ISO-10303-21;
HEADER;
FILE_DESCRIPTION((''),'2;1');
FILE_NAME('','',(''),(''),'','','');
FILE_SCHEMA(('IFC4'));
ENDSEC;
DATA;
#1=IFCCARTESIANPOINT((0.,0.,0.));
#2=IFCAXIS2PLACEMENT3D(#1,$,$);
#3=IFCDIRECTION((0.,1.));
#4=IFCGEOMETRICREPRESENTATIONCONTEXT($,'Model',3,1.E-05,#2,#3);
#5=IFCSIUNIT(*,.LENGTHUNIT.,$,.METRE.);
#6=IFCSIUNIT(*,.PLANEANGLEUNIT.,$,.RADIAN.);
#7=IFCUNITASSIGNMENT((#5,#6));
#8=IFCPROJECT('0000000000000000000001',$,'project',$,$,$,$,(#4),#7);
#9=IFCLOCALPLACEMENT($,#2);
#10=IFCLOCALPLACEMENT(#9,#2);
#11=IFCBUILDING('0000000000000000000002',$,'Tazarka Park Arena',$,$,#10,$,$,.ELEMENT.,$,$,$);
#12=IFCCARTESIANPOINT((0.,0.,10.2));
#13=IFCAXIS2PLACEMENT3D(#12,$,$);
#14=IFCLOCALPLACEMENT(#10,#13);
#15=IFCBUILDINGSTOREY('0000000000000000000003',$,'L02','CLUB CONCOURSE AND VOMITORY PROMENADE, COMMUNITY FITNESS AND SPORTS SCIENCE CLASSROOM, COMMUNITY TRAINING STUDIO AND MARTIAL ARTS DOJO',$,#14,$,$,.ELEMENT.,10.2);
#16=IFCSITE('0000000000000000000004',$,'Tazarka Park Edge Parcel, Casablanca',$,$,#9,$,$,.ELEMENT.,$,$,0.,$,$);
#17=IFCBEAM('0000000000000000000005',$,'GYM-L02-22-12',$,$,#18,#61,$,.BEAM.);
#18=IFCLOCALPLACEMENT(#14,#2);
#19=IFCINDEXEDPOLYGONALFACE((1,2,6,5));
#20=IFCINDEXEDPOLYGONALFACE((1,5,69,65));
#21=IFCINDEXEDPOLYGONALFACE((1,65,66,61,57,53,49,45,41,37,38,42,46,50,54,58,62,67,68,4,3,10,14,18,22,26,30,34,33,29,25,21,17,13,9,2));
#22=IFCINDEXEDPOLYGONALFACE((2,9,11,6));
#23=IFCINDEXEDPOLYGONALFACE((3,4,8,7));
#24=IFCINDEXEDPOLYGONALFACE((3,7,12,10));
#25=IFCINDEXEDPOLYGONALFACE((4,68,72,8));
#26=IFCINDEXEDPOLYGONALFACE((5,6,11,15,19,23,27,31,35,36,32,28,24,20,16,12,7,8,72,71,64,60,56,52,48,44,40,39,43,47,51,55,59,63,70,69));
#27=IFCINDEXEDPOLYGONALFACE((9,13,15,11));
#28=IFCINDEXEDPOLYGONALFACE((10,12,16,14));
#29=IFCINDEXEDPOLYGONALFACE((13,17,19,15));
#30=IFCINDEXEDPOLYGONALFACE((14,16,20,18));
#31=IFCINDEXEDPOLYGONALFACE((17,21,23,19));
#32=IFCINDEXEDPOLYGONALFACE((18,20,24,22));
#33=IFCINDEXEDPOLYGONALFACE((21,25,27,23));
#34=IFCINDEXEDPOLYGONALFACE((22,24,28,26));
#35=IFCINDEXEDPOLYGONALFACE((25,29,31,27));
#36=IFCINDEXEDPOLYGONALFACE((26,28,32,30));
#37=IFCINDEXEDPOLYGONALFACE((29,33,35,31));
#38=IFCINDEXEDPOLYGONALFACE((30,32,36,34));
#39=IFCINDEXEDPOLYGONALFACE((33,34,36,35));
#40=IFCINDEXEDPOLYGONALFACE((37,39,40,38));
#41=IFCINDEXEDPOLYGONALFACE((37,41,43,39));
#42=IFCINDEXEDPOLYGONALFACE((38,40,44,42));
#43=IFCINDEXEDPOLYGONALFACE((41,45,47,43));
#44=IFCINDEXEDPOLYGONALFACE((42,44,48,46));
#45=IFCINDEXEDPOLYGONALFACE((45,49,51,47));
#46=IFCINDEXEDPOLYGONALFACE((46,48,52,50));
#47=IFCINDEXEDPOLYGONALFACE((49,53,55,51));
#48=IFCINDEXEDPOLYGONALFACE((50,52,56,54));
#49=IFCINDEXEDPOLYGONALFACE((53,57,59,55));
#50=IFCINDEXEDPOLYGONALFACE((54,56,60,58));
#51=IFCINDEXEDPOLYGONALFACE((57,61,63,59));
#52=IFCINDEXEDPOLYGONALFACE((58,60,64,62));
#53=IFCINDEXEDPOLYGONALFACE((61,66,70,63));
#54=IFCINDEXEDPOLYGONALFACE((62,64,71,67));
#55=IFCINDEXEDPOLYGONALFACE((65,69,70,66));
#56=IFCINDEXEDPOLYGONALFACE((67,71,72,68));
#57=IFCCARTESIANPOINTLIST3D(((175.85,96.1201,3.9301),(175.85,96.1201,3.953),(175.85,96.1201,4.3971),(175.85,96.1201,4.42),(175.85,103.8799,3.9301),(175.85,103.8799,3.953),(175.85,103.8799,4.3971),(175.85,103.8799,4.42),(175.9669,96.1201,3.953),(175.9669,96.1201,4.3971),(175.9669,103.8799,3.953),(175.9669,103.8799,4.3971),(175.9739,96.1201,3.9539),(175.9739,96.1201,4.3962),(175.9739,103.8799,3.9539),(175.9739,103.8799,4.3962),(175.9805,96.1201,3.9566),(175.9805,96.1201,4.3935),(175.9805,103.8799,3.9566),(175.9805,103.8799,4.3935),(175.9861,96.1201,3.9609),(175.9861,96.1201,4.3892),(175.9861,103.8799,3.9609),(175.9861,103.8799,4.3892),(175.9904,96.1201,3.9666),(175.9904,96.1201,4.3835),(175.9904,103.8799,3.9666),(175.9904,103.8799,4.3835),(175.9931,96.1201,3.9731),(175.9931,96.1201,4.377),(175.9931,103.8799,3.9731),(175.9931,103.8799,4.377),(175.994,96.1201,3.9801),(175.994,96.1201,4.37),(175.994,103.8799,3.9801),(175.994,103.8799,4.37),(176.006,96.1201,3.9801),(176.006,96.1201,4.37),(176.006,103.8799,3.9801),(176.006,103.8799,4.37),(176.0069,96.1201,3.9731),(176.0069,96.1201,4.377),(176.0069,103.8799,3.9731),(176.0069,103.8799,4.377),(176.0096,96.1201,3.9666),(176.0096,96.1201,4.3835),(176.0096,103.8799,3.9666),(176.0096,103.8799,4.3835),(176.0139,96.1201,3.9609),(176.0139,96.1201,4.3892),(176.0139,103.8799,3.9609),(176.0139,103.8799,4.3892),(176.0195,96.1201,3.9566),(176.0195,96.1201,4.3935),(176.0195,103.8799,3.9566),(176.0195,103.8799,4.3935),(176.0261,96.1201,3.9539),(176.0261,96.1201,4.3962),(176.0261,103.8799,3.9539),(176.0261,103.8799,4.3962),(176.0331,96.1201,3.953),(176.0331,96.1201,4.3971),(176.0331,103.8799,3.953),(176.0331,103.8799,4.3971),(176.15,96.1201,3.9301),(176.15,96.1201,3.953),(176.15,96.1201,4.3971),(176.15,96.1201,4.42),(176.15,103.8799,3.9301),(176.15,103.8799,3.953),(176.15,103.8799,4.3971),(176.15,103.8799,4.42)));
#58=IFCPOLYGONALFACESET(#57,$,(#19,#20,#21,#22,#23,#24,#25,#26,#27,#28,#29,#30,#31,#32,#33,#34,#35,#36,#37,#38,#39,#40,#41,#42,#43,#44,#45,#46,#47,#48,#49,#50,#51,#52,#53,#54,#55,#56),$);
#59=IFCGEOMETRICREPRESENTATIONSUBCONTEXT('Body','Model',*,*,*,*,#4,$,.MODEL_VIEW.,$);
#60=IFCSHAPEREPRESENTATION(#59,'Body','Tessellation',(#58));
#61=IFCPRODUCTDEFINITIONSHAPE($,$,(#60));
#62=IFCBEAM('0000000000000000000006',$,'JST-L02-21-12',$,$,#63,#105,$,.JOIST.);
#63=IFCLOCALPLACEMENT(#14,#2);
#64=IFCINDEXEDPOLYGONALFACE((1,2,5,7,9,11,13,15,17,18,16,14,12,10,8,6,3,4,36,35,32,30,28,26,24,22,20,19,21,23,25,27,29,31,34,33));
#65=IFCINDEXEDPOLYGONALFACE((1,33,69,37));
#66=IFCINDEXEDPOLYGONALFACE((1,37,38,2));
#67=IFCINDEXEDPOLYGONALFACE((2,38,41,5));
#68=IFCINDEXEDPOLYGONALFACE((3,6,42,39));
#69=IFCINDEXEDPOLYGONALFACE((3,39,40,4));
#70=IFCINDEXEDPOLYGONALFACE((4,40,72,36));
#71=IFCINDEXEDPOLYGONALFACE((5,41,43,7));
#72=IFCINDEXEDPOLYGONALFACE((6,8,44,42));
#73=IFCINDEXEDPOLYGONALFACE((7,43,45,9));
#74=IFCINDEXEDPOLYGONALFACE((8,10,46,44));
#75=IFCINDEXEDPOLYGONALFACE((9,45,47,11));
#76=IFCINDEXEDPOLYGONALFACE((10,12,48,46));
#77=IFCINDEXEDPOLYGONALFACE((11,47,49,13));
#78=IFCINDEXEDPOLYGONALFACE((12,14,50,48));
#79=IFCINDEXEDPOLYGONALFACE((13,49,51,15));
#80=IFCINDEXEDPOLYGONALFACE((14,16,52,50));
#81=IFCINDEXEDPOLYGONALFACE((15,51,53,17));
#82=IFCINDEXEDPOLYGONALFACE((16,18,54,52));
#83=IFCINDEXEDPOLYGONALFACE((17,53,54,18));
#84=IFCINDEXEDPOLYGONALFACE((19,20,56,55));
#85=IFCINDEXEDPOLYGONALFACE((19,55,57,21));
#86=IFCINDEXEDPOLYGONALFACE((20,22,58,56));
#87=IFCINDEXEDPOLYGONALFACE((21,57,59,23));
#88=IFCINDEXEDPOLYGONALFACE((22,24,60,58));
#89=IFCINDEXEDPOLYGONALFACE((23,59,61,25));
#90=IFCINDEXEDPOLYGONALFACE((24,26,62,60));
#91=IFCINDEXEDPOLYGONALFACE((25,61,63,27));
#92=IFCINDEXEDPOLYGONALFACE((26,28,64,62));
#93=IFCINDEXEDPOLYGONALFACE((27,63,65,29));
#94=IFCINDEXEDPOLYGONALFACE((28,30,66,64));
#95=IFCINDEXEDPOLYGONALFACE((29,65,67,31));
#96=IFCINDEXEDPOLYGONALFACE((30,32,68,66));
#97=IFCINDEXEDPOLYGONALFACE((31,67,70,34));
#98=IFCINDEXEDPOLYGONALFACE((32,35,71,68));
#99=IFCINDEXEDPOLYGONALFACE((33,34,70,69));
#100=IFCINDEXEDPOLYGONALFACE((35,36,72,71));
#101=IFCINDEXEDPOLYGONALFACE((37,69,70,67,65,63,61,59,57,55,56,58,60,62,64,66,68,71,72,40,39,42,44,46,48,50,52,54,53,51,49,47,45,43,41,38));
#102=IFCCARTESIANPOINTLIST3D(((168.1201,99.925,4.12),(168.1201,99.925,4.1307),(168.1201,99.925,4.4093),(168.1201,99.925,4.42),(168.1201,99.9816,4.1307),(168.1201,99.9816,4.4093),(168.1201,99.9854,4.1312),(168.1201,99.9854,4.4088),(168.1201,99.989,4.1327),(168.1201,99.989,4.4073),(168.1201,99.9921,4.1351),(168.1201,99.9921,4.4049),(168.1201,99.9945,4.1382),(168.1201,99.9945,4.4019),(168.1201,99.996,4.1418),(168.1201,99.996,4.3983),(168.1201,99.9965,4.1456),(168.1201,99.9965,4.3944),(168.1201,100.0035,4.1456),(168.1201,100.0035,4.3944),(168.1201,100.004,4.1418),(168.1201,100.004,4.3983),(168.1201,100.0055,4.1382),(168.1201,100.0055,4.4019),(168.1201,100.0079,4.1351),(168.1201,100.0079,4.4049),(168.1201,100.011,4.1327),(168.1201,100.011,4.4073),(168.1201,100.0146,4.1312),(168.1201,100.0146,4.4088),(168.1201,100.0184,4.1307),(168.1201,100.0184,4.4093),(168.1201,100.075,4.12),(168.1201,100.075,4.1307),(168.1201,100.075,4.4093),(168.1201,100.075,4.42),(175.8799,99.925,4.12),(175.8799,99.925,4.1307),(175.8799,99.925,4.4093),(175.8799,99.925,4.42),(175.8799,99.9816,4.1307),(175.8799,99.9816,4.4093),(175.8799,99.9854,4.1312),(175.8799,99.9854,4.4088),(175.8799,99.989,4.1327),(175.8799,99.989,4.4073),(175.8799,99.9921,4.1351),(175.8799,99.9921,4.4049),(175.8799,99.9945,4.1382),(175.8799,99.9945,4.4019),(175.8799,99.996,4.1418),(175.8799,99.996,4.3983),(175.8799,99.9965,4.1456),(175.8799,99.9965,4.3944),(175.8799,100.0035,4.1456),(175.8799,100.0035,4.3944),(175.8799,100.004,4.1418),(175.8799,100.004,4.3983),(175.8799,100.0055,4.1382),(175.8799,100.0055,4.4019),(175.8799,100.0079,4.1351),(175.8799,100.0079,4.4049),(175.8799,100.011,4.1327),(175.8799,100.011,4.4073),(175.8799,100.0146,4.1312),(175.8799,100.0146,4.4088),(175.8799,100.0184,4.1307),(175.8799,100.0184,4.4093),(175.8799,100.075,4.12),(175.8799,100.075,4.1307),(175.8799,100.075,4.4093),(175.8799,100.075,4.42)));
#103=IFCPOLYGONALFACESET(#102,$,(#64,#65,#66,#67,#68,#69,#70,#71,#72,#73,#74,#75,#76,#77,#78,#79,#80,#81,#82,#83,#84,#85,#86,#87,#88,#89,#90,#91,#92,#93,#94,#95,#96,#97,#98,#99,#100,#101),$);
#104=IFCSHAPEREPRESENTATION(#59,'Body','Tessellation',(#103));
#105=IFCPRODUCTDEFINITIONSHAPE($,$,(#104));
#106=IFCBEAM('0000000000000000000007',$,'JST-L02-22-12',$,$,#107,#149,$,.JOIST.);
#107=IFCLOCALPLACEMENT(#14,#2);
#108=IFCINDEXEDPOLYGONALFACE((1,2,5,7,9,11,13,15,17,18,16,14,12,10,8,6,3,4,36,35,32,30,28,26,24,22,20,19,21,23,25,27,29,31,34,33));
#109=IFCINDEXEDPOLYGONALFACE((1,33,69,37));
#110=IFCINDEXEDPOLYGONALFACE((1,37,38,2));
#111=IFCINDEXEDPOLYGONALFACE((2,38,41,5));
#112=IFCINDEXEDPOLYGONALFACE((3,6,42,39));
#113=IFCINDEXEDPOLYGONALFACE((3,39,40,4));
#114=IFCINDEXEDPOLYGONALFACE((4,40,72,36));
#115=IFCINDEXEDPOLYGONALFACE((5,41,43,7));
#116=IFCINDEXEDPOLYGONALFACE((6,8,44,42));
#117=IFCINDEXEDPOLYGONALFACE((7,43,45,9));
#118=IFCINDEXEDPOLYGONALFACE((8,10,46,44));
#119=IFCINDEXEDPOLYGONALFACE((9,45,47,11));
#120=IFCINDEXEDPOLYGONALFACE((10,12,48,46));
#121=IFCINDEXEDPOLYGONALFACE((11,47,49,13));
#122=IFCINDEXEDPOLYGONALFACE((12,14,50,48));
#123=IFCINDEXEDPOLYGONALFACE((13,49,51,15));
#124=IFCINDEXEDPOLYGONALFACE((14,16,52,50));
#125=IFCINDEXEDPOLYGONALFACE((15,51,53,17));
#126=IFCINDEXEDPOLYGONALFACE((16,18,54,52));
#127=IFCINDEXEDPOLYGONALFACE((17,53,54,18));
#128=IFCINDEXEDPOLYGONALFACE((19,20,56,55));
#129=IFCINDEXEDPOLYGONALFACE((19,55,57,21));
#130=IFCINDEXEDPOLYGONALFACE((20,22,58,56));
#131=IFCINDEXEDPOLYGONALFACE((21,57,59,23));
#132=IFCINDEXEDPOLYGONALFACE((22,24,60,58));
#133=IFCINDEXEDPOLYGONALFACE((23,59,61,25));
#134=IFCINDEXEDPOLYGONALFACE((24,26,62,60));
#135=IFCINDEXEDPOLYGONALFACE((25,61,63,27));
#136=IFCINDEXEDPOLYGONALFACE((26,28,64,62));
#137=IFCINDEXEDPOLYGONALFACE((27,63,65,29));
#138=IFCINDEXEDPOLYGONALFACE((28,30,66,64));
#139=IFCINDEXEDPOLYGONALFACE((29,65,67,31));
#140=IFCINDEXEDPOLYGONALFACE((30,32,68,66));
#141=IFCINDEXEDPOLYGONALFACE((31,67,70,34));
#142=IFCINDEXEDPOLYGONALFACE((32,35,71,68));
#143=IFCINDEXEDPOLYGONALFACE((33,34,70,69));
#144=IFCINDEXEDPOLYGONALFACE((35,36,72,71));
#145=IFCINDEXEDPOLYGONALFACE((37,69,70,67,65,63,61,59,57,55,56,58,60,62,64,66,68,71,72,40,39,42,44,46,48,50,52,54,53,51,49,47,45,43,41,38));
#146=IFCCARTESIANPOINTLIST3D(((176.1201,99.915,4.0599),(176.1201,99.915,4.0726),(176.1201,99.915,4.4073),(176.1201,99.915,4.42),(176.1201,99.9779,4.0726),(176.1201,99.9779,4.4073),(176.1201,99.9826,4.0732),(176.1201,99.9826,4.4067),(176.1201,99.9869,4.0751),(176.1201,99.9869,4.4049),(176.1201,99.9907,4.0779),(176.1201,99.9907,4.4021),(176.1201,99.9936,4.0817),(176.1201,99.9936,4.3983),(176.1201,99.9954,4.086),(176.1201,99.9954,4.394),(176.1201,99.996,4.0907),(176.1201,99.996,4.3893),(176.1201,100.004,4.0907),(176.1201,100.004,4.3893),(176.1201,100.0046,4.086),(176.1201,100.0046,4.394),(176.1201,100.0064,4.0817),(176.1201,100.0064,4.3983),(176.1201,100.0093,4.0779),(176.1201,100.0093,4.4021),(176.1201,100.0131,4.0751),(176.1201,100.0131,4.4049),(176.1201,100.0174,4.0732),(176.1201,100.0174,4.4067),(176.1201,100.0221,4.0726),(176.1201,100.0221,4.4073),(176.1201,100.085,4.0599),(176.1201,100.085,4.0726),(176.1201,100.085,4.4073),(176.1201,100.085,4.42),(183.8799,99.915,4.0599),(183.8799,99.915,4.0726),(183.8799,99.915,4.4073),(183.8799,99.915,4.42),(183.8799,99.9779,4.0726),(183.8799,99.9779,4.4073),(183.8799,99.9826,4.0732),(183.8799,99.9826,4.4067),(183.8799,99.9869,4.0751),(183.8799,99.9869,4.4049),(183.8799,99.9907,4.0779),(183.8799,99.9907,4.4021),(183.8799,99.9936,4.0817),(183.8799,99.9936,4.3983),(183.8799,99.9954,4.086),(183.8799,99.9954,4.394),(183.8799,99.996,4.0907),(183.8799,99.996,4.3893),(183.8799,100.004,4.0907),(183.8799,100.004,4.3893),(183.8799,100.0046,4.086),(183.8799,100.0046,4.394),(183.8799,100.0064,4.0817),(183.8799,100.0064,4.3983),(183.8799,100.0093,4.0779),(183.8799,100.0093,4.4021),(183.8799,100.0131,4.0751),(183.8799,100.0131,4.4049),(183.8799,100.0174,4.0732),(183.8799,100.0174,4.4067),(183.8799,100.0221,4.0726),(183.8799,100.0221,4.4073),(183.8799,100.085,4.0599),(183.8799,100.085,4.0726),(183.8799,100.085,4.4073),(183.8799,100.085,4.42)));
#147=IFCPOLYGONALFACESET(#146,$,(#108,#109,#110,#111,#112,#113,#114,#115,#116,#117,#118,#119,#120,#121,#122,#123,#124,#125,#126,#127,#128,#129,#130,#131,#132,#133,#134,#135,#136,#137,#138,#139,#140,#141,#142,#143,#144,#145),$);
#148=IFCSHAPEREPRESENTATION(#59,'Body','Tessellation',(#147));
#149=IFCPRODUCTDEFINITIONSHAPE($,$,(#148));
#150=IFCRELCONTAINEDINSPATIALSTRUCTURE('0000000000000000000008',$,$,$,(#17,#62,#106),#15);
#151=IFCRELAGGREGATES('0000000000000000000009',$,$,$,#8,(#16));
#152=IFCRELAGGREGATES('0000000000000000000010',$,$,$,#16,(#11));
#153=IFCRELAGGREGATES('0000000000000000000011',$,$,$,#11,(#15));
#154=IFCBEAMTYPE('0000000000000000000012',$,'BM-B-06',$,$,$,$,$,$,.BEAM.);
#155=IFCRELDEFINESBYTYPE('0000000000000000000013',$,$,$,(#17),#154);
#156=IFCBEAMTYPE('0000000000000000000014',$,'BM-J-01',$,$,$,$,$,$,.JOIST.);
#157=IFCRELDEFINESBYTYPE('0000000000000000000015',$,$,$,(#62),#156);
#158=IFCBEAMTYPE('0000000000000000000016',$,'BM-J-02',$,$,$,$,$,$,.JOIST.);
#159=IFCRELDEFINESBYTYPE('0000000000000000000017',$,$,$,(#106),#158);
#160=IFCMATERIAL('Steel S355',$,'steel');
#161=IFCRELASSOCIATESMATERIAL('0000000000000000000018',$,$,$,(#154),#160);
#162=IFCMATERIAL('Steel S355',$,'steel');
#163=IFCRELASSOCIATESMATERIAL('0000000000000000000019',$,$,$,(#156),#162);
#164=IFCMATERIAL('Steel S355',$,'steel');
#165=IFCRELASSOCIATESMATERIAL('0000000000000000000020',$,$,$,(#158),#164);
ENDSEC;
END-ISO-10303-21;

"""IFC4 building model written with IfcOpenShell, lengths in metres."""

from ifc_helpers import new_model, si_unit, direction, frame, origin, origin_2d, place, context, subcontext, project, spatial, i_section, extrude, material, material_profile, profile_set, type_object, element, save


model = new_model("IFC4")

# Units and contexts
model_context = context("Model", 3, precision=1e-05, world=origin(), true_north=direction((0.0, 1.0)))
body_context = subcontext(model_context, "Body", "Model", "MODEL_VIEW")
ifc_project = project(units=[si_unit("LENGTHUNIT", "METRE"), si_unit("PLANEANGLEUNIT", "RADIAN")], contexts=[model_context])

# Site, building, storey
site_placement = place(None, origin())
site = spatial("IfcSite", under=ifc_project, at=site_placement, Name="Tazarka Park Edge Parcel, Casablanca", CompositionType="ELEMENT", RefElevation=0.0)
building_placement = place(site_placement, origin())
building = spatial("IfcBuilding", under=site, at=building_placement, Name="Tazarka Park Arena", CompositionType="ELEMENT")
storey_placement = place(building_placement, frame((0.0, 0.0, 10.2)))
storey = spatial("IfcBuildingStorey", under=building, at=storey_placement, Name="L02", Description="CLUB CONCOURSE AND VOMITORY PROMENADE, COMMUNITY FITNESS AND SPORTS SCIENCE CLASSROOM, COMMUNITY TRAINING STUDIO AND MARTIAL ARTS DOJO", CompositionType="ELEMENT", Elevation=10.2)

# Beams
ifc_material_1 = material(Name="Steel S355", Category="steel")
ifc_material_profile_1 = material_profile(ifc_material_1, i_section(OverallWidth=0.3, OverallDepth=0.49, WebThickness=0.012, FlangeThickness=0.0229, FilletRadius=0.0271, at=origin_2d()), Name="Steel S355")
ifc_profile_set_1 = profile_set([ifc_material_profile_1], Name="Steel S355")
beam_type_1 = type_object("IfcBeamType", Name="BM-B-06", PredefinedType="BEAM", material=ifc_profile_set_1)
beam_1_placement = place(storey_placement, frame((176.0, 96.1201, 4.175), z_axis=(0.0, 1.0, 0.0), x_axis=(-1.0, 0.0, 0.0)))
element("IfcBeam", 1, at=beam_1_placement, inside=storey, type_object=beam_type_1, Name="GYM-L02-22-12", PredefinedType="BEAM", context=body_context, shape_type="SweptSolid", body=[
    extrude(i_section(OverallWidth=0.3, OverallDepth=0.49, WebThickness=0.012, FlangeThickness=0.0229, FilletRadius=0.0271, at=origin_2d()), origin(), (0.0, 0.0, 1.0), 7.7598),
])
ifc_material_2 = material(Name="Steel S355", Category="steel")
ifc_material_profile_2 = material_profile(ifc_material_2, i_section(OverallWidth=0.1499, OverallDepth=0.3, WebThickness=0.0071, FlangeThickness=0.0107, FilletRadius=0.0149, at=origin_2d()), Name="Steel S355")
ifc_profile_set_2 = profile_set([ifc_material_profile_2], Name="Steel S355")
beam_type_2 = type_object("IfcBeamType", Name="BM-J-01", PredefinedType="JOIST", material=ifc_profile_set_2)
beam_2_placement = place(storey_placement, frame((168.1201, 100.0, 4.27), z_axis=(1.0, 0.0, 0.0), x_axis=(0.0, 1.0, 0.0)))
element("IfcBeam", 2, at=beam_2_placement, inside=storey, type_object=beam_type_2, Name="JST-L02-21-12", PredefinedType="JOIST", context=body_context, shape_type="SweptSolid", body=[
    extrude(i_section(OverallWidth=0.1499, OverallDepth=0.3, WebThickness=0.0071, FlangeThickness=0.0107, FilletRadius=0.0149, at=origin_2d()), origin(), (0.0, 0.0, 1.0), 7.7598),
])
ifc_material_3 = material(Name="Steel S355", Category="steel")
ifc_material_profile_3 = material_profile(ifc_material_3, i_section(OverallWidth=0.1699, OverallDepth=0.3601, WebThickness=0.0081, FlangeThickness=0.0127, FilletRadius=0.0181, at=origin_2d()), Name="Steel S355")
ifc_profile_set_3 = profile_set([ifc_material_profile_3], Name="Steel S355")
beam_type_3 = type_object("IfcBeamType", Name="BM-J-02", PredefinedType="JOIST", material=ifc_profile_set_3)
beam_3_placement = place(storey_placement, frame((176.1201, 100.0, 4.24), z_axis=(1.0, 0.0, 0.0), x_axis=(0.0, 1.0, 0.0)))
element("IfcBeam", 3, at=beam_3_placement, inside=storey, type_object=beam_type_3, Name="JST-L02-22-12", PredefinedType="JOIST", context=body_context, shape_type="SweptSolid", body=[
    extrude(i_section(OverallWidth=0.1699, OverallDepth=0.3601, WebThickness=0.0081, FlangeThickness=0.0127, FilletRadius=0.0181, at=origin_2d()), origin(), (0.0, 0.0, 1.0), 7.7598),
])

save(model, "model.ifc")
